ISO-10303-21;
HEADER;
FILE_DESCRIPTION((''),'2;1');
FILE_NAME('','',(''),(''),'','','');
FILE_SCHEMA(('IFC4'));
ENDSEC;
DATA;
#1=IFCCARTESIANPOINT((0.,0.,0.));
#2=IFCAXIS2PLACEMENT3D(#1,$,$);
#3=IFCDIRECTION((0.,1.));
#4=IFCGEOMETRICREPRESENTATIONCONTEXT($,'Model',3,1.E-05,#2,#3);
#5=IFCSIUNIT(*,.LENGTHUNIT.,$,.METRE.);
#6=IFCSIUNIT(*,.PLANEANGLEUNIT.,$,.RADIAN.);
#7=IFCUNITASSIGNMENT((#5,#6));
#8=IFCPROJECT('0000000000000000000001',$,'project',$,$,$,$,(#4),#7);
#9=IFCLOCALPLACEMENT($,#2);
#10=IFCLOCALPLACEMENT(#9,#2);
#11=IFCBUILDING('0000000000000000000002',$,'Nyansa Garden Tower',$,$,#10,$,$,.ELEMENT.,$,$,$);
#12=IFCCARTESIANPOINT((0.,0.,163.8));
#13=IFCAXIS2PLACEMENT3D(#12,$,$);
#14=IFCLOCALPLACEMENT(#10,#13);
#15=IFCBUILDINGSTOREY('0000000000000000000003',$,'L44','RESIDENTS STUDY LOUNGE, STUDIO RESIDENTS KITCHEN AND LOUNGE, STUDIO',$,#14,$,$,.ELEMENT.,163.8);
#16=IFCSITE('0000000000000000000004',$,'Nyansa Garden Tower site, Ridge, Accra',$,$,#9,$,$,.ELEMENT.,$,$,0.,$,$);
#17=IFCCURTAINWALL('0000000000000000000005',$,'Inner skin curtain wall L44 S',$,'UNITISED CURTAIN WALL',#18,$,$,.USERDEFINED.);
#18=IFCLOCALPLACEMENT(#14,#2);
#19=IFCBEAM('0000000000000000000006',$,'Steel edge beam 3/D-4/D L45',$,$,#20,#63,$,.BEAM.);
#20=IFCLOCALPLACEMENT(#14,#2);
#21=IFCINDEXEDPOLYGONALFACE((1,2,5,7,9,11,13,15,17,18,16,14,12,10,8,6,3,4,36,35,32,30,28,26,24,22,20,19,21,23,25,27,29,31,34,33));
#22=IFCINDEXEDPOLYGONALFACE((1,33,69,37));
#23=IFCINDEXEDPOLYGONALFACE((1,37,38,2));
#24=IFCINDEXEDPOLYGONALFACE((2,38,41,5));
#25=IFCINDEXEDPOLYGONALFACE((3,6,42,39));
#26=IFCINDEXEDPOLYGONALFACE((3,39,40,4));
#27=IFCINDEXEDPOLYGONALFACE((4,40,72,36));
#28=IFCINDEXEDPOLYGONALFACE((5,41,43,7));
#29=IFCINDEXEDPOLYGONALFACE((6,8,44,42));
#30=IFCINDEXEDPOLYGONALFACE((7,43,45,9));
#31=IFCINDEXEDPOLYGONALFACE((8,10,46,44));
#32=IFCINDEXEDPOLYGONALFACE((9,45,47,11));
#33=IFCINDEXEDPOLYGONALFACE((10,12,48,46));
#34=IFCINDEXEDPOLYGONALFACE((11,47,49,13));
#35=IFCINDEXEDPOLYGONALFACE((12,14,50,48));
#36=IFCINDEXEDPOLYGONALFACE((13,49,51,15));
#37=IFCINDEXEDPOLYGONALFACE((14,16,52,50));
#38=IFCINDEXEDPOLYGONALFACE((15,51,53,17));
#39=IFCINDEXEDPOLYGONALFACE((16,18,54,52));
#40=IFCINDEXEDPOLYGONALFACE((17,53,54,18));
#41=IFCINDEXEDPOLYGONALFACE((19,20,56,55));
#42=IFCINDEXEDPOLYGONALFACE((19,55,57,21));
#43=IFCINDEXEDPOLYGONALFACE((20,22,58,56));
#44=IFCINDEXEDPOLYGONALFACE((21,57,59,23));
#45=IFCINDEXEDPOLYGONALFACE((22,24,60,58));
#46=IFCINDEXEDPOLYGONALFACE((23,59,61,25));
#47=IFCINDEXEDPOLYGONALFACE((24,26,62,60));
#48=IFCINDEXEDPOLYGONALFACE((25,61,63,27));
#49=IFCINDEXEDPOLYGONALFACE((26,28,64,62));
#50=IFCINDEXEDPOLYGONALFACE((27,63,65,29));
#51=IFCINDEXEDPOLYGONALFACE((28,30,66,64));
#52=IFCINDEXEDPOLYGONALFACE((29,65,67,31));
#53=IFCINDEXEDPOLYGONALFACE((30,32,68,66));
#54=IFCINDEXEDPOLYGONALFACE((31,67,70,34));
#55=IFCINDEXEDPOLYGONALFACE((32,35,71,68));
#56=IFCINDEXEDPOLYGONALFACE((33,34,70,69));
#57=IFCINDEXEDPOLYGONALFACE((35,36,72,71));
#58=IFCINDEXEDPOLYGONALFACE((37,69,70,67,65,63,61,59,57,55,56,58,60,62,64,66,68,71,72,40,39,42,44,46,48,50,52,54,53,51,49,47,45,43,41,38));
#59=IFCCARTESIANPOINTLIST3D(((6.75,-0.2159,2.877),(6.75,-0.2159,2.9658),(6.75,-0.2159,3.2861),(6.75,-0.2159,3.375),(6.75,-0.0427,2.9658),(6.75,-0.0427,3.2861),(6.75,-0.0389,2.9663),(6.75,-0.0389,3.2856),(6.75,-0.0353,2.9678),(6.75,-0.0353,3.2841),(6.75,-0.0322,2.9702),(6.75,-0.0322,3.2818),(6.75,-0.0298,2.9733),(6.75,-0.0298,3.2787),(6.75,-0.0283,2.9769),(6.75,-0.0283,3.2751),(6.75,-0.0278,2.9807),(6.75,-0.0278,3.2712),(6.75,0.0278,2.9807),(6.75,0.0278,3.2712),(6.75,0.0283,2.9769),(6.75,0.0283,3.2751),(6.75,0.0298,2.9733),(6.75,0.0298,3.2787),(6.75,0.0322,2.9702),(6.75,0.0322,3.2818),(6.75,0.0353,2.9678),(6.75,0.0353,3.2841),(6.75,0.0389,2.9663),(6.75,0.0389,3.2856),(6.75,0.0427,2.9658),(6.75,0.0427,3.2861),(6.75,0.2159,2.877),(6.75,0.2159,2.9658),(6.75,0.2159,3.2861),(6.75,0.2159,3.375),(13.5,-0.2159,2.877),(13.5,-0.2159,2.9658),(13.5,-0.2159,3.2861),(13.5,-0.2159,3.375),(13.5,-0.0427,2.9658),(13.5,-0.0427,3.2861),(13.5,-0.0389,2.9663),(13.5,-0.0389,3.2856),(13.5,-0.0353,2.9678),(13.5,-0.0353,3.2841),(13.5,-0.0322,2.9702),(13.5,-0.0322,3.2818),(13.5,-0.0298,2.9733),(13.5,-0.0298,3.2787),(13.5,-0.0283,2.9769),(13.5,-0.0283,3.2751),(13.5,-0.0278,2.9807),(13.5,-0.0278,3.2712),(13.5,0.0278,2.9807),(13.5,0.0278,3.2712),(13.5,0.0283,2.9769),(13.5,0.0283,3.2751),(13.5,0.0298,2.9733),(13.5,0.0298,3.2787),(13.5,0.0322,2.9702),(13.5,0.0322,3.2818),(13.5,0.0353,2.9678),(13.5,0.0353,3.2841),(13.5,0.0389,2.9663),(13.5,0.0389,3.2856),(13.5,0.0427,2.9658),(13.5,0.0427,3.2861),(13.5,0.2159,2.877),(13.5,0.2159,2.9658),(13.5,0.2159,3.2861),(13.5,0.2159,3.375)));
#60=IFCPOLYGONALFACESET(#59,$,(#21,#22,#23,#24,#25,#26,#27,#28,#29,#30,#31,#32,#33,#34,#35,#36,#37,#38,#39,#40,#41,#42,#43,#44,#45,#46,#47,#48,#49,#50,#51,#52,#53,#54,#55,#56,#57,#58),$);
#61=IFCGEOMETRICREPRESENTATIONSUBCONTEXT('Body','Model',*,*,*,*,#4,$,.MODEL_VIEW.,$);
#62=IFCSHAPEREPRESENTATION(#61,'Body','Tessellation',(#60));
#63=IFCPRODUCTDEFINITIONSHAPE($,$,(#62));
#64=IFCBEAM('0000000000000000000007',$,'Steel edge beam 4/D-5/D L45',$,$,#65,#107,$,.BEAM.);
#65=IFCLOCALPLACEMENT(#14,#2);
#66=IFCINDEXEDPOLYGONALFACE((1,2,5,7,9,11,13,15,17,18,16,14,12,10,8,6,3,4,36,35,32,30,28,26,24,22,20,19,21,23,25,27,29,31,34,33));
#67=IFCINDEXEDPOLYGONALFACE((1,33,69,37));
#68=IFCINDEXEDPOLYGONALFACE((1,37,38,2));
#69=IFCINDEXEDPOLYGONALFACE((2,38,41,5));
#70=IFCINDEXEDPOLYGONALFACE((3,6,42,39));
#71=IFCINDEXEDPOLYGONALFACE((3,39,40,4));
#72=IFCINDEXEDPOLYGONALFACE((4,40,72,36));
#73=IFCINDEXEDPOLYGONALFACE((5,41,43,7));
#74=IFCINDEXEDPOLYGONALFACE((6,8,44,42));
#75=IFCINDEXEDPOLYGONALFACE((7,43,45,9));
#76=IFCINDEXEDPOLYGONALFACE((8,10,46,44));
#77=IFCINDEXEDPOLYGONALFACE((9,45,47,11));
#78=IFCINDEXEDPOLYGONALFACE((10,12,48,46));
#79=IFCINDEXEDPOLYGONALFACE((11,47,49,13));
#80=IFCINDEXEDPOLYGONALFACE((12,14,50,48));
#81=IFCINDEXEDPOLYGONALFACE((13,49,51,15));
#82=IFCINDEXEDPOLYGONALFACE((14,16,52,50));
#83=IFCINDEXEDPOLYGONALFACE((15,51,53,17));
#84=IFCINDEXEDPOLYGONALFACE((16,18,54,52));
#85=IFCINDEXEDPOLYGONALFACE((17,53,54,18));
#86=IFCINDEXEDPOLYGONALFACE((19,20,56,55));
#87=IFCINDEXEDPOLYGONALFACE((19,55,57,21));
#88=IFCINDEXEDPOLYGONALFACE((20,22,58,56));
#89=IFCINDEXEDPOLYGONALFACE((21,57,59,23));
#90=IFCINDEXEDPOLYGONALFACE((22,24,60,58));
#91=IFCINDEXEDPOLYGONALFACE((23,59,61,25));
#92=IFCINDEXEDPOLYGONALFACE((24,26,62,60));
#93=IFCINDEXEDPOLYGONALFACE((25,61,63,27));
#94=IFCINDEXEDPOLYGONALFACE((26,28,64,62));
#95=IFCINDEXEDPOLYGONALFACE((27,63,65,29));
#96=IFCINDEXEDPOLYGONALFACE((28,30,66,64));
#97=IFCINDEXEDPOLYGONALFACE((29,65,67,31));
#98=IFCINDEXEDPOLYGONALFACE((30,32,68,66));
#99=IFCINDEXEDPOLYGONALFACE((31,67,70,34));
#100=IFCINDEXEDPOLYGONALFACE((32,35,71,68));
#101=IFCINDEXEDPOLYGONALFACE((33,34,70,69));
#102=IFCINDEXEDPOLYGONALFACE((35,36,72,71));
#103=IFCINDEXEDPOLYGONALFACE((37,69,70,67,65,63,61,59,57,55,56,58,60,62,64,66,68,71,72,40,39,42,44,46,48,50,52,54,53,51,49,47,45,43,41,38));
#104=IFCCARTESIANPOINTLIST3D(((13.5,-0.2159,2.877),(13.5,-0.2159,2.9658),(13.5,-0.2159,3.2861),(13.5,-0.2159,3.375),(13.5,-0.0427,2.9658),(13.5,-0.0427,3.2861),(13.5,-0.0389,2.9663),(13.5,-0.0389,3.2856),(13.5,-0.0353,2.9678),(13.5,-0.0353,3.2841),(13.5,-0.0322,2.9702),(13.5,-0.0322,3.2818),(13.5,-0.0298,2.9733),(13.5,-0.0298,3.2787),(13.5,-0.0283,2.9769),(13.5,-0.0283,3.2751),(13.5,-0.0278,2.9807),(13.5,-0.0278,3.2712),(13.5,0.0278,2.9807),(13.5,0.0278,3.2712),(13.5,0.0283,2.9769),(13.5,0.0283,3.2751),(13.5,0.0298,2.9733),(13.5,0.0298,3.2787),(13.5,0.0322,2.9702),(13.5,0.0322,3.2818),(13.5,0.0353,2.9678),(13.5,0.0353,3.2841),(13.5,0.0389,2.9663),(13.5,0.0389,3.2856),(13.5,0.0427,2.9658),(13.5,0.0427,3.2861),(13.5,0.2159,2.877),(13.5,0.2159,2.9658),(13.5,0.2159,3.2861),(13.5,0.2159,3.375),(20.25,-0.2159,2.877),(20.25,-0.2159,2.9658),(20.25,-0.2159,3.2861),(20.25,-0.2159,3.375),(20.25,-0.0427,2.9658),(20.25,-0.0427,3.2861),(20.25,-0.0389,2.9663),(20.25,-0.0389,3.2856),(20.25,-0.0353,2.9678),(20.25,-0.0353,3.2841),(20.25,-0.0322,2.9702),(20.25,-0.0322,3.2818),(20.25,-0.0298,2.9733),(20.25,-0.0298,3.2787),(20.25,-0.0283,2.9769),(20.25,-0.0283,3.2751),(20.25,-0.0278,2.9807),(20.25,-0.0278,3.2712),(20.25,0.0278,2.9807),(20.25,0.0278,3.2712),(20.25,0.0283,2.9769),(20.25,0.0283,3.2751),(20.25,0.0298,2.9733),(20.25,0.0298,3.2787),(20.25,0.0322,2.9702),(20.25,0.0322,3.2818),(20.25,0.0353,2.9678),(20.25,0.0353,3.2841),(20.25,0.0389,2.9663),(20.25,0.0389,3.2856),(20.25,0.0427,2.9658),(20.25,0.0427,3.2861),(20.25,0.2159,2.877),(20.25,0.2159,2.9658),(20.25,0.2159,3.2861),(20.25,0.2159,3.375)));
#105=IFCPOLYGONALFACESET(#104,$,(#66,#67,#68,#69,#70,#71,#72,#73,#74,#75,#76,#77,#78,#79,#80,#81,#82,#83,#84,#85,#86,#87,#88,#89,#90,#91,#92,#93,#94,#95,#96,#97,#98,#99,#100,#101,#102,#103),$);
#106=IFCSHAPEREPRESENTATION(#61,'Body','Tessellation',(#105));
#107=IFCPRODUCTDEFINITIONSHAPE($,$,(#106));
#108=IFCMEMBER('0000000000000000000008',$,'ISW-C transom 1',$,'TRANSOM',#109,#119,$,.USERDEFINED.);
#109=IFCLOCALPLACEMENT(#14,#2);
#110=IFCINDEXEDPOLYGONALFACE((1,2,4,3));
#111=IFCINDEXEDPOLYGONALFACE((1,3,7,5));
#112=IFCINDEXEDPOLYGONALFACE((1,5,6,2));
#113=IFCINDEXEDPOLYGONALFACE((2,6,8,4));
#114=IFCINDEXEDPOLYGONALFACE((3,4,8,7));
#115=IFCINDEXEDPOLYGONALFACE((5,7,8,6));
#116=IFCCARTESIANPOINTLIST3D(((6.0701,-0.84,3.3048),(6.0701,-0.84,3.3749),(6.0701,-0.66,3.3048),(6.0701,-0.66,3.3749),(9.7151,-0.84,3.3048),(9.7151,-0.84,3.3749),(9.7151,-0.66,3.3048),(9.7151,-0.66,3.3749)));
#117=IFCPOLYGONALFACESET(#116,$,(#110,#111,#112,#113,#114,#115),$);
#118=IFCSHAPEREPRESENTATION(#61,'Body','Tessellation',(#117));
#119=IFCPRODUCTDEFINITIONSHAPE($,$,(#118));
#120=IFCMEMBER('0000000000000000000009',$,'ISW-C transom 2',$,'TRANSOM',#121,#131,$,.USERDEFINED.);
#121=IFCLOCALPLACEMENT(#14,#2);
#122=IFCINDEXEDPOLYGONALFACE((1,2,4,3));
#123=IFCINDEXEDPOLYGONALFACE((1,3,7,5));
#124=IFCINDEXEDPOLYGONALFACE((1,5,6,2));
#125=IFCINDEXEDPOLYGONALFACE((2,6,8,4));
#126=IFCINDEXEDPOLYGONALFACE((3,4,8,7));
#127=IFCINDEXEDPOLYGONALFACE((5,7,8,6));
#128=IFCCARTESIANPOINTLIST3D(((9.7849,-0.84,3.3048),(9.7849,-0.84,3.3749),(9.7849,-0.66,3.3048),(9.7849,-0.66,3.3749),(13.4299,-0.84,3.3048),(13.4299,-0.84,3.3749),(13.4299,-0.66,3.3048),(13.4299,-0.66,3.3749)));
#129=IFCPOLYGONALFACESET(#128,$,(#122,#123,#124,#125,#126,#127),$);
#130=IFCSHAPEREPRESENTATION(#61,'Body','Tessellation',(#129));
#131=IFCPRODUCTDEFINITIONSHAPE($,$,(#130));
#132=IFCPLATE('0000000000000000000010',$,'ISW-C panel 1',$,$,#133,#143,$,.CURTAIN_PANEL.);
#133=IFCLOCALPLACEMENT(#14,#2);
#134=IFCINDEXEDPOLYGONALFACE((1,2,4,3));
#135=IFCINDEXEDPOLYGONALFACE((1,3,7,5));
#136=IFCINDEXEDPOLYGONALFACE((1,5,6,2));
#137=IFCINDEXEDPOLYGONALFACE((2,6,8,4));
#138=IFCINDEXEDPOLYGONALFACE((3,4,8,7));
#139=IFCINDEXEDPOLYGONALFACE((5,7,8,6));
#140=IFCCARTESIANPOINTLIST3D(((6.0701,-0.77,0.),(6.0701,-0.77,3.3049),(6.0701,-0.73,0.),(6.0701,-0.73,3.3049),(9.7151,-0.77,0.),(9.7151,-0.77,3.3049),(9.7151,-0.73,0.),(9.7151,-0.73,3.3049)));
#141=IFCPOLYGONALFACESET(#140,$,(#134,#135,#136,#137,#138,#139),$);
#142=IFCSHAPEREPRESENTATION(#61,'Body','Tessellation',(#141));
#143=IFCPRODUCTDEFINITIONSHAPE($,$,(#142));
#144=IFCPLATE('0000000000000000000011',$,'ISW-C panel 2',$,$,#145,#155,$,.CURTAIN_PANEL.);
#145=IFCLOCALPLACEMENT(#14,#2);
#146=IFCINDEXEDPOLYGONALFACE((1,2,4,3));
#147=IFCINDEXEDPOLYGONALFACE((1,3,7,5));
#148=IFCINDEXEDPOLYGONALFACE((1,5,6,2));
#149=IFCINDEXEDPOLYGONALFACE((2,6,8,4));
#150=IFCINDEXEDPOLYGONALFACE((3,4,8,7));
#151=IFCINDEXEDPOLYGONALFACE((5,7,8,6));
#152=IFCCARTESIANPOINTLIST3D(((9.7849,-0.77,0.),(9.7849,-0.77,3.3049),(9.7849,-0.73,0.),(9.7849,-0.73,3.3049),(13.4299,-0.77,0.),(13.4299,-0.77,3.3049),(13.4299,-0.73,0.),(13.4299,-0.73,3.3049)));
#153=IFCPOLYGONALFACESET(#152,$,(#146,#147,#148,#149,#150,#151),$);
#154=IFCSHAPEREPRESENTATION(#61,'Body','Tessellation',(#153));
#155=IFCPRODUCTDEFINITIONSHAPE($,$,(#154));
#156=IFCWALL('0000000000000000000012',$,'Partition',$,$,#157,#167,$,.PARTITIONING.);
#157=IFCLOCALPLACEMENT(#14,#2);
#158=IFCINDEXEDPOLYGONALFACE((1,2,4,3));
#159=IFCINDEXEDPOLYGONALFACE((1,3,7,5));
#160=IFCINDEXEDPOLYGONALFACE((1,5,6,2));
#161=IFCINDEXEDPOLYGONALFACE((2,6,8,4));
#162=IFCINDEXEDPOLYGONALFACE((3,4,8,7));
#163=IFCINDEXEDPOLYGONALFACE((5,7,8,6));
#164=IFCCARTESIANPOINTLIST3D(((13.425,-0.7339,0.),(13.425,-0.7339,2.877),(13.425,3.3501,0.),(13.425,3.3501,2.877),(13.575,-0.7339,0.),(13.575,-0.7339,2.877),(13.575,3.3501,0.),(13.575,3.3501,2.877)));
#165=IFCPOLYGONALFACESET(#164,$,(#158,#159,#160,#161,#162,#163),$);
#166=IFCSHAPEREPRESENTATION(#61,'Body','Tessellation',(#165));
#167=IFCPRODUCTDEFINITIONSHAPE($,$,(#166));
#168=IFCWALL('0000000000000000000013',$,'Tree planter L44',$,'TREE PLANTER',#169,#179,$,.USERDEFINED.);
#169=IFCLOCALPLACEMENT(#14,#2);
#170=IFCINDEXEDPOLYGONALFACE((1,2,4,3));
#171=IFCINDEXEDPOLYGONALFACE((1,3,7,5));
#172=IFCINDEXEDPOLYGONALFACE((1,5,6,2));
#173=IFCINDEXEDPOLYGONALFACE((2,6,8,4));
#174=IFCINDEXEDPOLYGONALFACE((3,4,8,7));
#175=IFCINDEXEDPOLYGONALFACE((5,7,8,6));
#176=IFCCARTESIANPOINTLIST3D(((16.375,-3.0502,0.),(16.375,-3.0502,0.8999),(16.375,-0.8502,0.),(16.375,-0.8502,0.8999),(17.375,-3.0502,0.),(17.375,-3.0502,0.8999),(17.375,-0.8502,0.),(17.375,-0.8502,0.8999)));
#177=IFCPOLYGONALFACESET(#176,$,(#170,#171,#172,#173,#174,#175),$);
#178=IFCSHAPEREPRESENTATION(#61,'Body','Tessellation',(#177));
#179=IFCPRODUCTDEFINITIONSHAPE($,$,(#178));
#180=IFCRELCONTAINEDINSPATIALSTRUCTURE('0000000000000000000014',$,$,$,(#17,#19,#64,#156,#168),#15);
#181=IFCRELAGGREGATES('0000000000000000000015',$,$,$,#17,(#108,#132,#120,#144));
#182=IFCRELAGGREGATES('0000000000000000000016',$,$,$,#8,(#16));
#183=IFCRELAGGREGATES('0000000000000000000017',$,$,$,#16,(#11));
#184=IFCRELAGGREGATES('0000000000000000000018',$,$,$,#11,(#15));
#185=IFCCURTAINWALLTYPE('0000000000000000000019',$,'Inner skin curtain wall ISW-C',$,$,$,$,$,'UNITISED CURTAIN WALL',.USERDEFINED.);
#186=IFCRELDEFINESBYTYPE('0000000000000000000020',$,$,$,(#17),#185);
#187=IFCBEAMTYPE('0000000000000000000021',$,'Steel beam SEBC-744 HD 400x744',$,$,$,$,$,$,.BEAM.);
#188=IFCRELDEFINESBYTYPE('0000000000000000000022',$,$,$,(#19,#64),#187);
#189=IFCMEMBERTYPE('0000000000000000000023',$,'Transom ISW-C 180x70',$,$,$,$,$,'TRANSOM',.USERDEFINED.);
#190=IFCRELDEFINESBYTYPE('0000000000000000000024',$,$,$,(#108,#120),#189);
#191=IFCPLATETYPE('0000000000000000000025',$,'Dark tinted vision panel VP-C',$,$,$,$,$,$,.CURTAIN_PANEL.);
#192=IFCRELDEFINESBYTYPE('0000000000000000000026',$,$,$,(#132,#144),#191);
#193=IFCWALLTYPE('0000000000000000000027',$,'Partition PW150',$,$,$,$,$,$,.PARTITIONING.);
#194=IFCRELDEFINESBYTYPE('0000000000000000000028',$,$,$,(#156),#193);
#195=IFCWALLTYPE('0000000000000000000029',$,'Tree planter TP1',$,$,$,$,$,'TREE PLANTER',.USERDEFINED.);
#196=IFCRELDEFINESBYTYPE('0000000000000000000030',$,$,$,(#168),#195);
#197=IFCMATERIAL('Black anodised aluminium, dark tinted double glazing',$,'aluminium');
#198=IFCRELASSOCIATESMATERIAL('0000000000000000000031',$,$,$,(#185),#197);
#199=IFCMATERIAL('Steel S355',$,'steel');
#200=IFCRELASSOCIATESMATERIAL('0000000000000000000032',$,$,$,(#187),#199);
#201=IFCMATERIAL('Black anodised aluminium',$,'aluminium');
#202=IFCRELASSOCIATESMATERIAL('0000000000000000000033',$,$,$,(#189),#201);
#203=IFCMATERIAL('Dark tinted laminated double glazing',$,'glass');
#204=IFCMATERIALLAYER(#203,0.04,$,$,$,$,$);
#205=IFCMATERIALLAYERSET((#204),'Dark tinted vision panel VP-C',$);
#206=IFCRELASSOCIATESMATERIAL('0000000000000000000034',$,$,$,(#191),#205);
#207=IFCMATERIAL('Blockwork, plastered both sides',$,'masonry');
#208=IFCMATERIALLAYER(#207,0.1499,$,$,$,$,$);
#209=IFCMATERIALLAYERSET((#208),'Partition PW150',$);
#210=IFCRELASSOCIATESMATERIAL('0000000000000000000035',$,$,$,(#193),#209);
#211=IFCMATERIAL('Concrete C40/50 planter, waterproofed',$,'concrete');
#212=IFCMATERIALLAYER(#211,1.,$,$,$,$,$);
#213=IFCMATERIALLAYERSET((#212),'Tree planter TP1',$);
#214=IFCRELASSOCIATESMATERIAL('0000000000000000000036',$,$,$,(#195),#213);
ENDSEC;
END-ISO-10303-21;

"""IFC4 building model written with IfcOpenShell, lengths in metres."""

from ifc_helpers import new_model, si_unit, direction, frame, frame_2d, origin, origin_2d, place, context, subcontext, project, spatial, rectangle, i_section, extrude, material, layer, layer_set, material_profile, profile_set, type_object, element, aggregate, save


model = new_model("IFC4")

# Units and contexts
model_context = context("Model", 3, precision=1e-05, world=origin(), true_north=direction((0.0, 1.0)))
body_context = subcontext(model_context, "Body", "Model", "MODEL_VIEW")
ifc_project = project(units=[si_unit("LENGTHUNIT", "METRE"), si_unit("PLANEANGLEUNIT", "RADIAN")], contexts=[model_context])

# Site, building, storey
site_placement = place(None, origin())
site = spatial("IfcSite", under=ifc_project, at=site_placement, Name="Nyansa Garden Tower site, Ridge, Accra", CompositionType="ELEMENT", RefElevation=0.0)
building_placement = place(site_placement, origin())
building = spatial("IfcBuilding", under=site, at=building_placement, Name="Nyansa Garden Tower", CompositionType="ELEMENT")
storey_placement = place(building_placement, frame((0.0, 0.0, 163.8)))
storey = spatial("IfcBuildingStorey", under=building, at=storey_placement, Name="L44", Description="RESIDENTS STUDY LOUNGE, STUDIO RESIDENTS KITCHEN AND LOUNGE, STUDIO", CompositionType="ELEMENT", Elevation=163.8)

# Curtain wall
ifc_material_1 = material(Name="Black anodised aluminium, dark tinted double glazing", Category="aluminium")
curtain_wall_type = type_object("IfcCurtainWallType", Name="Inner skin curtain wall ISW-C", ElementType="UNITISED CURTAIN WALL", PredefinedType="USERDEFINED", material=ifc_material_1)
curtain_wall_placement = place(storey_placement, origin())
curtain_wall = element("IfcCurtainWall", 1, at=curtain_wall_placement, inside=storey, type_object=curtain_wall_type, Name="Inner skin curtain wall L44 S", ObjectType="UNITISED CURTAIN WALL", PredefinedType="USERDEFINED")

# Beams
ifc_material_2 = material(Name="Steel S355", Category="steel")
ifc_material_profile_1 = material_profile(ifc_material_2, i_section(OverallWidth=0.4319, OverallDepth=0.498, WebThickness=0.0557, FlangeThickness=0.0889, FilletRadius=0.0149, at=origin_2d()), Name="HD 400x744")
ifc_profile_set_1 = profile_set([ifc_material_profile_1], Name="Steel S355")
beam_type_1 = type_object("IfcBeamType", Name="Steel beam SEBC-744 HD 400x744", PredefinedType="BEAM", material=ifc_profile_set_1)
for number, where, z_axis, x_axis, name in (
    (2, (6.75, 0.0, 3.126), (1.0, 0.0, 0.0), (0.0, 1.0, 0.0), "Steel edge beam 3/D-4/D L45"),
    (3, (13.5, 0.0, 3.126), (1.0, 0.0, 0.0), (0.0, 1.0, 0.0), "Steel edge beam 4/D-5/D L45"),
):
    element("IfcBeam", number, at=place(storey_placement, frame(where, z_axis=z_axis, x_axis=x_axis)), inside=storey, type_object=beam_type_1, Name=name, PredefinedType="BEAM", context=body_context, shape_type="SweptSolid", body=[
        extrude(i_section(OverallWidth=0.4319, OverallDepth=0.498, WebThickness=0.0557, FlangeThickness=0.0889, FilletRadius=0.0149, at=origin_2d()), origin(), (0.0, 0.0, 1.0), 6.75),
    ])

# Members
ifc_material_3 = material(Name="Black anodised aluminium", Category="aluminium")
ifc_material_profile_2 = material_profile(ifc_material_3, rectangle(XDim=0.1799, YDim=0.0701, at=origin_2d()), Name="Transom 180x70")
ifc_profile_set_2 = profile_set([ifc_material_profile_2], Name="Black anodised aluminium")
member_type_1 = type_object("IfcMemberType", Name="Transom ISW-C 180x70", ElementType="TRANSOM", PredefinedType="USERDEFINED", material=ifc_profile_set_2)
member_1_placement = place(storey_placement, frame((6.0701, -0.75, 3.3398), z_axis=(1.0, 0.0, 0.0), x_axis=(0.0, 1.0, 0.0)))
member_1 = element("IfcMember", 4, at=member_1_placement, type_object=member_type_1, Name="ISW-C transom 1", ObjectType="TRANSOM", PredefinedType="USERDEFINED", context=body_context, shape_type="SweptSolid", body=[
    extrude(rectangle(XDim=0.1799, YDim=0.0701, at=origin_2d()), origin(), (0.0, 0.0, 1.0), 3.645),
])
member_2_placement = place(storey_placement, frame((9.7849, -0.75, 3.3398), z_axis=(1.0, 0.0, 0.0), x_axis=(0.0, 1.0, 0.0)))
member_2 = element("IfcMember", 5, at=member_2_placement, type_object=member_type_1, Name="ISW-C transom 2", ObjectType="TRANSOM", PredefinedType="USERDEFINED", context=body_context, shape_type="SweptSolid", body=[
    extrude(rectangle(XDim=0.1799, YDim=0.0701, at=origin_2d()), origin(), (0.0, 0.0, 1.0), 3.645),
])

# Plates
ifc_material_4 = material(Name="Dark tinted laminated double glazing", Category="glass")
ifc_layer_1 = layer(ifc_material_4, 0.04)
ifc_layer_set_1 = layer_set([ifc_layer_1], Name="Dark tinted vision panel VP-C")
plate_type = type_object("IfcPlateType", Name="Dark tinted vision panel VP-C", PredefinedType="CURTAIN_PANEL", material=ifc_layer_set_1)
plate_1_placement = place(storey_placement, frame((7.8926, -0.75, 0.0), z_axis=(0.0, 0.0, 1.0), x_axis=(1.0, 0.0, 0.0)))
plate_1 = element("IfcPlate", 6, at=plate_1_placement, type_object=plate_type, Name="ISW-C panel 1", PredefinedType="CURTAIN_PANEL", context=body_context, shape_type="SweptSolid", body=[
    extrude(rectangle(XDim=3.645, YDim=0.04, at=origin_2d()), origin(), (0.0, 0.0, 1.0), 3.3049),
])
plate_2_placement = place(storey_placement, frame((11.6074, -0.75, 0.0), z_axis=(0.0, 0.0, 1.0), x_axis=(1.0, 0.0, 0.0)))
plate_2 = element("IfcPlate", 7, at=plate_2_placement, type_object=plate_type, Name="ISW-C panel 2", PredefinedType="CURTAIN_PANEL", context=body_context, shape_type="SweptSolid", body=[
    extrude(rectangle(XDim=3.645, YDim=0.04, at=origin_2d()), origin(), (0.0, 0.0, 1.0), 3.3049),
])
aggregate(curtain_wall, [member_1, plate_1, member_2, plate_2])

# Walls
ifc_material_5 = material(Name="Blockwork, plastered both sides", Category="masonry")
ifc_layer_2 = layer(ifc_material_5, 0.1499)
ifc_layer_set_2 = layer_set([ifc_layer_2], Name="Partition PW150")
wall_type_1 = type_object("IfcWallType", Name="Partition PW150", PredefinedType="PARTITIONING", material=ifc_layer_set_2)
wall_1_placement = place(storey_placement, frame((13.5, -0.7339, 0.0), z_axis=(0.0, 0.0, 1.0), x_axis=(0.0, 1.0, 0.0)))
element("IfcWall", 8, at=wall_1_placement, inside=storey, type_object=wall_type_1, Name="Partition", PredefinedType="PARTITIONING", context=body_context, shape_type="SweptSolid", body=[
    extrude(rectangle(XDim=4.084, YDim=0.1499, at=frame_2d((2.042, 0.0))), origin(), (0.0, 0.0, 1.0), 2.877),
])
ifc_material_6 = material(Name="Concrete C40/50 planter, waterproofed", Category="concrete")
ifc_layer_3 = layer(ifc_material_6, 1.0)
ifc_layer_set_3 = layer_set([ifc_layer_3], Name="Tree planter TP1")
wall_type_2 = type_object("IfcWallType", Name="Tree planter TP1", ElementType="TREE PLANTER", PredefinedType="USERDEFINED", material=ifc_layer_set_3)
wall_2_placement = place(storey_placement, frame((16.875, -0.8501, 0.0), z_axis=(0.0, 0.0, 1.0), x_axis=(0.0, -1.0, 0.0)))
element("IfcWall", 9, at=wall_2_placement, inside=storey, type_object=wall_type_2, Name="Tree planter L44", ObjectType="TREE PLANTER", PredefinedType="USERDEFINED", context=body_context, shape_type="SweptSolid", body=[
    extrude(rectangle(XDim=2.2, YDim=1.0, at=frame_2d((1.1001, 0.0))), origin(), (0.0, 0.0, 1.0), 0.8999),
])

save(model, "model.ifc")
